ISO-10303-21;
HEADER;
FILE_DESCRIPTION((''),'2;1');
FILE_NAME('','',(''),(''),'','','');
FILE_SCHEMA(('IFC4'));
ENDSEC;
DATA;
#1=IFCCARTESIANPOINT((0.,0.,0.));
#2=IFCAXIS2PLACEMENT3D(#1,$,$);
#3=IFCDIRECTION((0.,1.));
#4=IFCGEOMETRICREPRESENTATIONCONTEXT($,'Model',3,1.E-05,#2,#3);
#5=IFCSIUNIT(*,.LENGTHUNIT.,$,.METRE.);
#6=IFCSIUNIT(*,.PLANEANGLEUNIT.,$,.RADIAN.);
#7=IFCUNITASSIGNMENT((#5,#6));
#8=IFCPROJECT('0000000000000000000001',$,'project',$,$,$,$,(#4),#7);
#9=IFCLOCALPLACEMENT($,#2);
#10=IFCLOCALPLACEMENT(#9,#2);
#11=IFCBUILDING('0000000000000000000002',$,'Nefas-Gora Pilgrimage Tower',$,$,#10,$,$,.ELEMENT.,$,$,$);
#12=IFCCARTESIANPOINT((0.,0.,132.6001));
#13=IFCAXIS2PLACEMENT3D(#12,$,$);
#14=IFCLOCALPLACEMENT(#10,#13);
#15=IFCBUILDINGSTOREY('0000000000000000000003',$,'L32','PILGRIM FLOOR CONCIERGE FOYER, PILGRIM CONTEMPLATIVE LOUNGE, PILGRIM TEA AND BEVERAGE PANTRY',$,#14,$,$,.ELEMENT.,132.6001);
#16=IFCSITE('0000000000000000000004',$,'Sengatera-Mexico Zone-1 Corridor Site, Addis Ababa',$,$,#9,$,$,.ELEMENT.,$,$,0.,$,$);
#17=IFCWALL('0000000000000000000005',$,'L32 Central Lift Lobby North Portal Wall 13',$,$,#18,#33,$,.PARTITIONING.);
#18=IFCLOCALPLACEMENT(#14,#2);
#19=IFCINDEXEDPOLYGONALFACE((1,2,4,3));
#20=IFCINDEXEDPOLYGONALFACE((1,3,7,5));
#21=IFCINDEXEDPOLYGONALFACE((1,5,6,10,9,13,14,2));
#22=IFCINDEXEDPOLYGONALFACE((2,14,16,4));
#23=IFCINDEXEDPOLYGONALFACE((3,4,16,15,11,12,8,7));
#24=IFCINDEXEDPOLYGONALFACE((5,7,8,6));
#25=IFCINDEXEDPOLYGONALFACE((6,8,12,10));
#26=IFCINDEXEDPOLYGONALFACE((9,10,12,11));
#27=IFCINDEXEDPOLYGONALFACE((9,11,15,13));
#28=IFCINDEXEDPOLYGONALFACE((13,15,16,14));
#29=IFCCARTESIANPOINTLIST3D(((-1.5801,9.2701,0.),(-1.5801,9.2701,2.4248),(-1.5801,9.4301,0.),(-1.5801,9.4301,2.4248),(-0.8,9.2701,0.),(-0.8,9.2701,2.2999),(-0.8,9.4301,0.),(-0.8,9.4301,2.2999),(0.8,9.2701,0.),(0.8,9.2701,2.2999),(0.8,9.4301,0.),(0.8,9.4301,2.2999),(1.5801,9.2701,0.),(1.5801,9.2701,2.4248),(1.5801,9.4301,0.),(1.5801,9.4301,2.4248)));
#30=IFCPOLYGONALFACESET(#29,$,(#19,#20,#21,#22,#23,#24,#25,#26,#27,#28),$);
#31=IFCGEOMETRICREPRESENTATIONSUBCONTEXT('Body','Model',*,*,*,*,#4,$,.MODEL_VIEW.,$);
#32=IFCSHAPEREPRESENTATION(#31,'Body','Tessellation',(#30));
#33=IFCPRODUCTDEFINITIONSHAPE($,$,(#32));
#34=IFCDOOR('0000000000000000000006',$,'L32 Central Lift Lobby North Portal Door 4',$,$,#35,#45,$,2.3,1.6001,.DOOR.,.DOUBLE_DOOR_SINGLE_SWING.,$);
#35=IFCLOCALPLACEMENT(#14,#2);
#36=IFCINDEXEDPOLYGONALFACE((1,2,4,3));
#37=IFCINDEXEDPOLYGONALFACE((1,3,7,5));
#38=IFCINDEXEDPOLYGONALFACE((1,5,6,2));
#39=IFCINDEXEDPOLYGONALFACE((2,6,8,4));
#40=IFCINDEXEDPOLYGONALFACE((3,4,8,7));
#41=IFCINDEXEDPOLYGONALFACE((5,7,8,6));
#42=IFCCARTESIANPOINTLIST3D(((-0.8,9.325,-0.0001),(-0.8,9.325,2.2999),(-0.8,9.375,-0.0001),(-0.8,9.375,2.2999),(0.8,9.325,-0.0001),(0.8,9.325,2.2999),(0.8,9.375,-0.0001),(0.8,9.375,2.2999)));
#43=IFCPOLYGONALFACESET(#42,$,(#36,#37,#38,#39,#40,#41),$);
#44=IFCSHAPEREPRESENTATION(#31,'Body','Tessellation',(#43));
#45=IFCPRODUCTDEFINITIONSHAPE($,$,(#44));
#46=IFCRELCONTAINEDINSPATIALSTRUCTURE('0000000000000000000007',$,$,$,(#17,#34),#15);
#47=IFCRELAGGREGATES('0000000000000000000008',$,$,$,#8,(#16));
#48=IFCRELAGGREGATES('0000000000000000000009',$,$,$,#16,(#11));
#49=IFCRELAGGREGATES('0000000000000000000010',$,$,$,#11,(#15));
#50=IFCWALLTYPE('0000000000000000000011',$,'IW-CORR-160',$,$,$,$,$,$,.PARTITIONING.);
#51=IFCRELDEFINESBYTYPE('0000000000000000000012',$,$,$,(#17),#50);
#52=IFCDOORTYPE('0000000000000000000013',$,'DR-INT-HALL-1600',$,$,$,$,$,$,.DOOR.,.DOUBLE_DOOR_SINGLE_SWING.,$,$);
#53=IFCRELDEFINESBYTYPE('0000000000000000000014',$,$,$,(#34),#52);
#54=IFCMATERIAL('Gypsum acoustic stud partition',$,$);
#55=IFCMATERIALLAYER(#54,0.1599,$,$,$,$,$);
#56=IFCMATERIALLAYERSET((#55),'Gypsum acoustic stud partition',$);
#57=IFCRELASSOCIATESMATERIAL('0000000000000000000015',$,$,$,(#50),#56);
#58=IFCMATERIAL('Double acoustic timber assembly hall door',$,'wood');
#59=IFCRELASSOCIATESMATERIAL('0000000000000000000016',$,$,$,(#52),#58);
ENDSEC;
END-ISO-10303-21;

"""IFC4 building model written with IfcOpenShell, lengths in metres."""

from ifc_helpers import new_model, si_unit, direction, frame, frame_2d, origin, place, context, subcontext, project, spatial, rectangle, extrude, source, transform, mapped, material, layer, layer_set, type_object, element, fill, save


model = new_model("IFC4")

# Units and contexts
model_context = context("Model", 3, precision=1e-05, world=origin(), true_north=direction((0.0, 1.0)))
body_context = subcontext(model_context, "Body", "Model", "MODEL_VIEW")
ifc_project = project(units=[si_unit("LENGTHUNIT", "METRE"), si_unit("PLANEANGLEUNIT", "RADIAN")], contexts=[model_context])

# Site, building, storey
site_placement = place(None, origin())
site = spatial("IfcSite", under=ifc_project, at=site_placement, Name="Sengatera-Mexico Zone-1 Corridor Site, Addis Ababa", CompositionType="ELEMENT", RefElevation=0.0)
building_placement = place(site_placement, origin())
building = spatial("IfcBuilding", under=site, at=building_placement, Name="Nefas-Gora Pilgrimage Tower", CompositionType="ELEMENT")
storey_placement = place(building_placement, frame((0.0, 0.0, 132.6001)))
storey = spatial("IfcBuildingStorey", under=building, at=storey_placement, Name="L32", Description="PILGRIM FLOOR CONCIERGE FOYER, PILGRIM CONTEMPLATIVE LOUNGE, PILGRIM TEA AND BEVERAGE PANTRY", CompositionType="ELEMENT", Elevation=132.6001)

# Shared definitions
ifc_material_1 = material(Name="Gypsum acoustic stud partition")
ifc_layer_1 = layer(ifc_material_1, 0.1599)
ifc_layer_set_1 = layer_set([ifc_layer_1], Name="Gypsum acoustic stud partition")
wall_type_1 = type_object("IfcWallType", Name="IW-CORR-160", PredefinedType="PARTITIONING", material=ifc_layer_set_1)

# Wall, opening, door
shared_shape_1 = source(origin(), body_context, "Body", "SweptSolid", [
    extrude(rectangle(XDim=3.1602, YDim=0.1599, at=frame_2d((1.5801, 0.0))), origin(), (0.0, 0.0, 1.0), 2.4248),
])
wall_1_placement = place(storey_placement, frame((-1.5801, 9.3501, 0.0), z_axis=(0.0, 0.0, 1.0), x_axis=(1.0, 0.0, 0.0)))
wall_1 = element("IfcWall", 1, at=wall_1_placement, inside=storey, type_object=wall_type_1, Name="L32 Central Lift Lobby North Portal Wall 13", PredefinedType="PARTITIONING", context=body_context, shape_type="MappedRepresentation", body=[
    mapped(shared_shape_1, transform((0.0, 0.0, 0.0), x_axis=(1.0, 0.0, 0.0), y_axis=(0.0, 1.0, 0.0), z_axis=(0.0, 0.0, 1.0), scale=1.0)),
])
opening_1_placement = place(wall_1_placement, frame((0.78, 0.0, 0.0)))
opening_1 = element("IfcOpeningElement", 2, at=opening_1_placement, cuts=wall_1, PredefinedType="OPENING", context=body_context, shape_type="SweptSolid", body=[
    extrude(rectangle(XDim=1.6001, YDim=2.3, at=frame_2d((0.8, 1.1499))), frame((0.0, 0.0898, 0.0), z_axis=(0.0, -1.0, 0.0), x_axis=(1.0, 0.0, 0.0)), (0.0, 0.0, 1.0), 0.1799),
])
ifc_material_2 = material(Name="Double acoustic timber assembly hall door", Category="wood")
door_type_1 = type_object("IfcDoorType", Name="DR-INT-HALL-1600", OperationType="DOUBLE_DOOR_SINGLE_SWING", PredefinedType="DOOR", material=ifc_material_2)
shared_shape_2 = source(origin(), body_context, "Body", "SweptSolid", [
    extrude(rectangle(XDim=1.6001, YDim=2.3, at=frame_2d((0.8, 1.1499))), frame((0.0, 0.0249, 0.0), z_axis=(0.0, -1.0, 0.0), x_axis=(1.0, 0.0, 0.0)), (0.0, 0.0, 1.0), 0.05),
])
door_1_placement = place(opening_1_placement, origin())
door_1 = element("IfcDoor", 3, at=door_1_placement, inside=storey, type_object=door_type_1, Name="L32 Central Lift Lobby North Portal Door 4", OperationType="DOUBLE_DOOR_SINGLE_SWING", OverallHeight=2.3, OverallWidth=1.6001, PredefinedType="DOOR", context=body_context, shape_type="MappedRepresentation", body=[
    mapped(shared_shape_2, transform((0.0, 0.0, 0.0), x_axis=(1.0, 0.0, 0.0), y_axis=(0.0, 1.0, 0.0), z_axis=(0.0, 0.0, 1.0), scale=1.0)),
])
fill(opening_1, door_1)

save(model, "model.ifc")
